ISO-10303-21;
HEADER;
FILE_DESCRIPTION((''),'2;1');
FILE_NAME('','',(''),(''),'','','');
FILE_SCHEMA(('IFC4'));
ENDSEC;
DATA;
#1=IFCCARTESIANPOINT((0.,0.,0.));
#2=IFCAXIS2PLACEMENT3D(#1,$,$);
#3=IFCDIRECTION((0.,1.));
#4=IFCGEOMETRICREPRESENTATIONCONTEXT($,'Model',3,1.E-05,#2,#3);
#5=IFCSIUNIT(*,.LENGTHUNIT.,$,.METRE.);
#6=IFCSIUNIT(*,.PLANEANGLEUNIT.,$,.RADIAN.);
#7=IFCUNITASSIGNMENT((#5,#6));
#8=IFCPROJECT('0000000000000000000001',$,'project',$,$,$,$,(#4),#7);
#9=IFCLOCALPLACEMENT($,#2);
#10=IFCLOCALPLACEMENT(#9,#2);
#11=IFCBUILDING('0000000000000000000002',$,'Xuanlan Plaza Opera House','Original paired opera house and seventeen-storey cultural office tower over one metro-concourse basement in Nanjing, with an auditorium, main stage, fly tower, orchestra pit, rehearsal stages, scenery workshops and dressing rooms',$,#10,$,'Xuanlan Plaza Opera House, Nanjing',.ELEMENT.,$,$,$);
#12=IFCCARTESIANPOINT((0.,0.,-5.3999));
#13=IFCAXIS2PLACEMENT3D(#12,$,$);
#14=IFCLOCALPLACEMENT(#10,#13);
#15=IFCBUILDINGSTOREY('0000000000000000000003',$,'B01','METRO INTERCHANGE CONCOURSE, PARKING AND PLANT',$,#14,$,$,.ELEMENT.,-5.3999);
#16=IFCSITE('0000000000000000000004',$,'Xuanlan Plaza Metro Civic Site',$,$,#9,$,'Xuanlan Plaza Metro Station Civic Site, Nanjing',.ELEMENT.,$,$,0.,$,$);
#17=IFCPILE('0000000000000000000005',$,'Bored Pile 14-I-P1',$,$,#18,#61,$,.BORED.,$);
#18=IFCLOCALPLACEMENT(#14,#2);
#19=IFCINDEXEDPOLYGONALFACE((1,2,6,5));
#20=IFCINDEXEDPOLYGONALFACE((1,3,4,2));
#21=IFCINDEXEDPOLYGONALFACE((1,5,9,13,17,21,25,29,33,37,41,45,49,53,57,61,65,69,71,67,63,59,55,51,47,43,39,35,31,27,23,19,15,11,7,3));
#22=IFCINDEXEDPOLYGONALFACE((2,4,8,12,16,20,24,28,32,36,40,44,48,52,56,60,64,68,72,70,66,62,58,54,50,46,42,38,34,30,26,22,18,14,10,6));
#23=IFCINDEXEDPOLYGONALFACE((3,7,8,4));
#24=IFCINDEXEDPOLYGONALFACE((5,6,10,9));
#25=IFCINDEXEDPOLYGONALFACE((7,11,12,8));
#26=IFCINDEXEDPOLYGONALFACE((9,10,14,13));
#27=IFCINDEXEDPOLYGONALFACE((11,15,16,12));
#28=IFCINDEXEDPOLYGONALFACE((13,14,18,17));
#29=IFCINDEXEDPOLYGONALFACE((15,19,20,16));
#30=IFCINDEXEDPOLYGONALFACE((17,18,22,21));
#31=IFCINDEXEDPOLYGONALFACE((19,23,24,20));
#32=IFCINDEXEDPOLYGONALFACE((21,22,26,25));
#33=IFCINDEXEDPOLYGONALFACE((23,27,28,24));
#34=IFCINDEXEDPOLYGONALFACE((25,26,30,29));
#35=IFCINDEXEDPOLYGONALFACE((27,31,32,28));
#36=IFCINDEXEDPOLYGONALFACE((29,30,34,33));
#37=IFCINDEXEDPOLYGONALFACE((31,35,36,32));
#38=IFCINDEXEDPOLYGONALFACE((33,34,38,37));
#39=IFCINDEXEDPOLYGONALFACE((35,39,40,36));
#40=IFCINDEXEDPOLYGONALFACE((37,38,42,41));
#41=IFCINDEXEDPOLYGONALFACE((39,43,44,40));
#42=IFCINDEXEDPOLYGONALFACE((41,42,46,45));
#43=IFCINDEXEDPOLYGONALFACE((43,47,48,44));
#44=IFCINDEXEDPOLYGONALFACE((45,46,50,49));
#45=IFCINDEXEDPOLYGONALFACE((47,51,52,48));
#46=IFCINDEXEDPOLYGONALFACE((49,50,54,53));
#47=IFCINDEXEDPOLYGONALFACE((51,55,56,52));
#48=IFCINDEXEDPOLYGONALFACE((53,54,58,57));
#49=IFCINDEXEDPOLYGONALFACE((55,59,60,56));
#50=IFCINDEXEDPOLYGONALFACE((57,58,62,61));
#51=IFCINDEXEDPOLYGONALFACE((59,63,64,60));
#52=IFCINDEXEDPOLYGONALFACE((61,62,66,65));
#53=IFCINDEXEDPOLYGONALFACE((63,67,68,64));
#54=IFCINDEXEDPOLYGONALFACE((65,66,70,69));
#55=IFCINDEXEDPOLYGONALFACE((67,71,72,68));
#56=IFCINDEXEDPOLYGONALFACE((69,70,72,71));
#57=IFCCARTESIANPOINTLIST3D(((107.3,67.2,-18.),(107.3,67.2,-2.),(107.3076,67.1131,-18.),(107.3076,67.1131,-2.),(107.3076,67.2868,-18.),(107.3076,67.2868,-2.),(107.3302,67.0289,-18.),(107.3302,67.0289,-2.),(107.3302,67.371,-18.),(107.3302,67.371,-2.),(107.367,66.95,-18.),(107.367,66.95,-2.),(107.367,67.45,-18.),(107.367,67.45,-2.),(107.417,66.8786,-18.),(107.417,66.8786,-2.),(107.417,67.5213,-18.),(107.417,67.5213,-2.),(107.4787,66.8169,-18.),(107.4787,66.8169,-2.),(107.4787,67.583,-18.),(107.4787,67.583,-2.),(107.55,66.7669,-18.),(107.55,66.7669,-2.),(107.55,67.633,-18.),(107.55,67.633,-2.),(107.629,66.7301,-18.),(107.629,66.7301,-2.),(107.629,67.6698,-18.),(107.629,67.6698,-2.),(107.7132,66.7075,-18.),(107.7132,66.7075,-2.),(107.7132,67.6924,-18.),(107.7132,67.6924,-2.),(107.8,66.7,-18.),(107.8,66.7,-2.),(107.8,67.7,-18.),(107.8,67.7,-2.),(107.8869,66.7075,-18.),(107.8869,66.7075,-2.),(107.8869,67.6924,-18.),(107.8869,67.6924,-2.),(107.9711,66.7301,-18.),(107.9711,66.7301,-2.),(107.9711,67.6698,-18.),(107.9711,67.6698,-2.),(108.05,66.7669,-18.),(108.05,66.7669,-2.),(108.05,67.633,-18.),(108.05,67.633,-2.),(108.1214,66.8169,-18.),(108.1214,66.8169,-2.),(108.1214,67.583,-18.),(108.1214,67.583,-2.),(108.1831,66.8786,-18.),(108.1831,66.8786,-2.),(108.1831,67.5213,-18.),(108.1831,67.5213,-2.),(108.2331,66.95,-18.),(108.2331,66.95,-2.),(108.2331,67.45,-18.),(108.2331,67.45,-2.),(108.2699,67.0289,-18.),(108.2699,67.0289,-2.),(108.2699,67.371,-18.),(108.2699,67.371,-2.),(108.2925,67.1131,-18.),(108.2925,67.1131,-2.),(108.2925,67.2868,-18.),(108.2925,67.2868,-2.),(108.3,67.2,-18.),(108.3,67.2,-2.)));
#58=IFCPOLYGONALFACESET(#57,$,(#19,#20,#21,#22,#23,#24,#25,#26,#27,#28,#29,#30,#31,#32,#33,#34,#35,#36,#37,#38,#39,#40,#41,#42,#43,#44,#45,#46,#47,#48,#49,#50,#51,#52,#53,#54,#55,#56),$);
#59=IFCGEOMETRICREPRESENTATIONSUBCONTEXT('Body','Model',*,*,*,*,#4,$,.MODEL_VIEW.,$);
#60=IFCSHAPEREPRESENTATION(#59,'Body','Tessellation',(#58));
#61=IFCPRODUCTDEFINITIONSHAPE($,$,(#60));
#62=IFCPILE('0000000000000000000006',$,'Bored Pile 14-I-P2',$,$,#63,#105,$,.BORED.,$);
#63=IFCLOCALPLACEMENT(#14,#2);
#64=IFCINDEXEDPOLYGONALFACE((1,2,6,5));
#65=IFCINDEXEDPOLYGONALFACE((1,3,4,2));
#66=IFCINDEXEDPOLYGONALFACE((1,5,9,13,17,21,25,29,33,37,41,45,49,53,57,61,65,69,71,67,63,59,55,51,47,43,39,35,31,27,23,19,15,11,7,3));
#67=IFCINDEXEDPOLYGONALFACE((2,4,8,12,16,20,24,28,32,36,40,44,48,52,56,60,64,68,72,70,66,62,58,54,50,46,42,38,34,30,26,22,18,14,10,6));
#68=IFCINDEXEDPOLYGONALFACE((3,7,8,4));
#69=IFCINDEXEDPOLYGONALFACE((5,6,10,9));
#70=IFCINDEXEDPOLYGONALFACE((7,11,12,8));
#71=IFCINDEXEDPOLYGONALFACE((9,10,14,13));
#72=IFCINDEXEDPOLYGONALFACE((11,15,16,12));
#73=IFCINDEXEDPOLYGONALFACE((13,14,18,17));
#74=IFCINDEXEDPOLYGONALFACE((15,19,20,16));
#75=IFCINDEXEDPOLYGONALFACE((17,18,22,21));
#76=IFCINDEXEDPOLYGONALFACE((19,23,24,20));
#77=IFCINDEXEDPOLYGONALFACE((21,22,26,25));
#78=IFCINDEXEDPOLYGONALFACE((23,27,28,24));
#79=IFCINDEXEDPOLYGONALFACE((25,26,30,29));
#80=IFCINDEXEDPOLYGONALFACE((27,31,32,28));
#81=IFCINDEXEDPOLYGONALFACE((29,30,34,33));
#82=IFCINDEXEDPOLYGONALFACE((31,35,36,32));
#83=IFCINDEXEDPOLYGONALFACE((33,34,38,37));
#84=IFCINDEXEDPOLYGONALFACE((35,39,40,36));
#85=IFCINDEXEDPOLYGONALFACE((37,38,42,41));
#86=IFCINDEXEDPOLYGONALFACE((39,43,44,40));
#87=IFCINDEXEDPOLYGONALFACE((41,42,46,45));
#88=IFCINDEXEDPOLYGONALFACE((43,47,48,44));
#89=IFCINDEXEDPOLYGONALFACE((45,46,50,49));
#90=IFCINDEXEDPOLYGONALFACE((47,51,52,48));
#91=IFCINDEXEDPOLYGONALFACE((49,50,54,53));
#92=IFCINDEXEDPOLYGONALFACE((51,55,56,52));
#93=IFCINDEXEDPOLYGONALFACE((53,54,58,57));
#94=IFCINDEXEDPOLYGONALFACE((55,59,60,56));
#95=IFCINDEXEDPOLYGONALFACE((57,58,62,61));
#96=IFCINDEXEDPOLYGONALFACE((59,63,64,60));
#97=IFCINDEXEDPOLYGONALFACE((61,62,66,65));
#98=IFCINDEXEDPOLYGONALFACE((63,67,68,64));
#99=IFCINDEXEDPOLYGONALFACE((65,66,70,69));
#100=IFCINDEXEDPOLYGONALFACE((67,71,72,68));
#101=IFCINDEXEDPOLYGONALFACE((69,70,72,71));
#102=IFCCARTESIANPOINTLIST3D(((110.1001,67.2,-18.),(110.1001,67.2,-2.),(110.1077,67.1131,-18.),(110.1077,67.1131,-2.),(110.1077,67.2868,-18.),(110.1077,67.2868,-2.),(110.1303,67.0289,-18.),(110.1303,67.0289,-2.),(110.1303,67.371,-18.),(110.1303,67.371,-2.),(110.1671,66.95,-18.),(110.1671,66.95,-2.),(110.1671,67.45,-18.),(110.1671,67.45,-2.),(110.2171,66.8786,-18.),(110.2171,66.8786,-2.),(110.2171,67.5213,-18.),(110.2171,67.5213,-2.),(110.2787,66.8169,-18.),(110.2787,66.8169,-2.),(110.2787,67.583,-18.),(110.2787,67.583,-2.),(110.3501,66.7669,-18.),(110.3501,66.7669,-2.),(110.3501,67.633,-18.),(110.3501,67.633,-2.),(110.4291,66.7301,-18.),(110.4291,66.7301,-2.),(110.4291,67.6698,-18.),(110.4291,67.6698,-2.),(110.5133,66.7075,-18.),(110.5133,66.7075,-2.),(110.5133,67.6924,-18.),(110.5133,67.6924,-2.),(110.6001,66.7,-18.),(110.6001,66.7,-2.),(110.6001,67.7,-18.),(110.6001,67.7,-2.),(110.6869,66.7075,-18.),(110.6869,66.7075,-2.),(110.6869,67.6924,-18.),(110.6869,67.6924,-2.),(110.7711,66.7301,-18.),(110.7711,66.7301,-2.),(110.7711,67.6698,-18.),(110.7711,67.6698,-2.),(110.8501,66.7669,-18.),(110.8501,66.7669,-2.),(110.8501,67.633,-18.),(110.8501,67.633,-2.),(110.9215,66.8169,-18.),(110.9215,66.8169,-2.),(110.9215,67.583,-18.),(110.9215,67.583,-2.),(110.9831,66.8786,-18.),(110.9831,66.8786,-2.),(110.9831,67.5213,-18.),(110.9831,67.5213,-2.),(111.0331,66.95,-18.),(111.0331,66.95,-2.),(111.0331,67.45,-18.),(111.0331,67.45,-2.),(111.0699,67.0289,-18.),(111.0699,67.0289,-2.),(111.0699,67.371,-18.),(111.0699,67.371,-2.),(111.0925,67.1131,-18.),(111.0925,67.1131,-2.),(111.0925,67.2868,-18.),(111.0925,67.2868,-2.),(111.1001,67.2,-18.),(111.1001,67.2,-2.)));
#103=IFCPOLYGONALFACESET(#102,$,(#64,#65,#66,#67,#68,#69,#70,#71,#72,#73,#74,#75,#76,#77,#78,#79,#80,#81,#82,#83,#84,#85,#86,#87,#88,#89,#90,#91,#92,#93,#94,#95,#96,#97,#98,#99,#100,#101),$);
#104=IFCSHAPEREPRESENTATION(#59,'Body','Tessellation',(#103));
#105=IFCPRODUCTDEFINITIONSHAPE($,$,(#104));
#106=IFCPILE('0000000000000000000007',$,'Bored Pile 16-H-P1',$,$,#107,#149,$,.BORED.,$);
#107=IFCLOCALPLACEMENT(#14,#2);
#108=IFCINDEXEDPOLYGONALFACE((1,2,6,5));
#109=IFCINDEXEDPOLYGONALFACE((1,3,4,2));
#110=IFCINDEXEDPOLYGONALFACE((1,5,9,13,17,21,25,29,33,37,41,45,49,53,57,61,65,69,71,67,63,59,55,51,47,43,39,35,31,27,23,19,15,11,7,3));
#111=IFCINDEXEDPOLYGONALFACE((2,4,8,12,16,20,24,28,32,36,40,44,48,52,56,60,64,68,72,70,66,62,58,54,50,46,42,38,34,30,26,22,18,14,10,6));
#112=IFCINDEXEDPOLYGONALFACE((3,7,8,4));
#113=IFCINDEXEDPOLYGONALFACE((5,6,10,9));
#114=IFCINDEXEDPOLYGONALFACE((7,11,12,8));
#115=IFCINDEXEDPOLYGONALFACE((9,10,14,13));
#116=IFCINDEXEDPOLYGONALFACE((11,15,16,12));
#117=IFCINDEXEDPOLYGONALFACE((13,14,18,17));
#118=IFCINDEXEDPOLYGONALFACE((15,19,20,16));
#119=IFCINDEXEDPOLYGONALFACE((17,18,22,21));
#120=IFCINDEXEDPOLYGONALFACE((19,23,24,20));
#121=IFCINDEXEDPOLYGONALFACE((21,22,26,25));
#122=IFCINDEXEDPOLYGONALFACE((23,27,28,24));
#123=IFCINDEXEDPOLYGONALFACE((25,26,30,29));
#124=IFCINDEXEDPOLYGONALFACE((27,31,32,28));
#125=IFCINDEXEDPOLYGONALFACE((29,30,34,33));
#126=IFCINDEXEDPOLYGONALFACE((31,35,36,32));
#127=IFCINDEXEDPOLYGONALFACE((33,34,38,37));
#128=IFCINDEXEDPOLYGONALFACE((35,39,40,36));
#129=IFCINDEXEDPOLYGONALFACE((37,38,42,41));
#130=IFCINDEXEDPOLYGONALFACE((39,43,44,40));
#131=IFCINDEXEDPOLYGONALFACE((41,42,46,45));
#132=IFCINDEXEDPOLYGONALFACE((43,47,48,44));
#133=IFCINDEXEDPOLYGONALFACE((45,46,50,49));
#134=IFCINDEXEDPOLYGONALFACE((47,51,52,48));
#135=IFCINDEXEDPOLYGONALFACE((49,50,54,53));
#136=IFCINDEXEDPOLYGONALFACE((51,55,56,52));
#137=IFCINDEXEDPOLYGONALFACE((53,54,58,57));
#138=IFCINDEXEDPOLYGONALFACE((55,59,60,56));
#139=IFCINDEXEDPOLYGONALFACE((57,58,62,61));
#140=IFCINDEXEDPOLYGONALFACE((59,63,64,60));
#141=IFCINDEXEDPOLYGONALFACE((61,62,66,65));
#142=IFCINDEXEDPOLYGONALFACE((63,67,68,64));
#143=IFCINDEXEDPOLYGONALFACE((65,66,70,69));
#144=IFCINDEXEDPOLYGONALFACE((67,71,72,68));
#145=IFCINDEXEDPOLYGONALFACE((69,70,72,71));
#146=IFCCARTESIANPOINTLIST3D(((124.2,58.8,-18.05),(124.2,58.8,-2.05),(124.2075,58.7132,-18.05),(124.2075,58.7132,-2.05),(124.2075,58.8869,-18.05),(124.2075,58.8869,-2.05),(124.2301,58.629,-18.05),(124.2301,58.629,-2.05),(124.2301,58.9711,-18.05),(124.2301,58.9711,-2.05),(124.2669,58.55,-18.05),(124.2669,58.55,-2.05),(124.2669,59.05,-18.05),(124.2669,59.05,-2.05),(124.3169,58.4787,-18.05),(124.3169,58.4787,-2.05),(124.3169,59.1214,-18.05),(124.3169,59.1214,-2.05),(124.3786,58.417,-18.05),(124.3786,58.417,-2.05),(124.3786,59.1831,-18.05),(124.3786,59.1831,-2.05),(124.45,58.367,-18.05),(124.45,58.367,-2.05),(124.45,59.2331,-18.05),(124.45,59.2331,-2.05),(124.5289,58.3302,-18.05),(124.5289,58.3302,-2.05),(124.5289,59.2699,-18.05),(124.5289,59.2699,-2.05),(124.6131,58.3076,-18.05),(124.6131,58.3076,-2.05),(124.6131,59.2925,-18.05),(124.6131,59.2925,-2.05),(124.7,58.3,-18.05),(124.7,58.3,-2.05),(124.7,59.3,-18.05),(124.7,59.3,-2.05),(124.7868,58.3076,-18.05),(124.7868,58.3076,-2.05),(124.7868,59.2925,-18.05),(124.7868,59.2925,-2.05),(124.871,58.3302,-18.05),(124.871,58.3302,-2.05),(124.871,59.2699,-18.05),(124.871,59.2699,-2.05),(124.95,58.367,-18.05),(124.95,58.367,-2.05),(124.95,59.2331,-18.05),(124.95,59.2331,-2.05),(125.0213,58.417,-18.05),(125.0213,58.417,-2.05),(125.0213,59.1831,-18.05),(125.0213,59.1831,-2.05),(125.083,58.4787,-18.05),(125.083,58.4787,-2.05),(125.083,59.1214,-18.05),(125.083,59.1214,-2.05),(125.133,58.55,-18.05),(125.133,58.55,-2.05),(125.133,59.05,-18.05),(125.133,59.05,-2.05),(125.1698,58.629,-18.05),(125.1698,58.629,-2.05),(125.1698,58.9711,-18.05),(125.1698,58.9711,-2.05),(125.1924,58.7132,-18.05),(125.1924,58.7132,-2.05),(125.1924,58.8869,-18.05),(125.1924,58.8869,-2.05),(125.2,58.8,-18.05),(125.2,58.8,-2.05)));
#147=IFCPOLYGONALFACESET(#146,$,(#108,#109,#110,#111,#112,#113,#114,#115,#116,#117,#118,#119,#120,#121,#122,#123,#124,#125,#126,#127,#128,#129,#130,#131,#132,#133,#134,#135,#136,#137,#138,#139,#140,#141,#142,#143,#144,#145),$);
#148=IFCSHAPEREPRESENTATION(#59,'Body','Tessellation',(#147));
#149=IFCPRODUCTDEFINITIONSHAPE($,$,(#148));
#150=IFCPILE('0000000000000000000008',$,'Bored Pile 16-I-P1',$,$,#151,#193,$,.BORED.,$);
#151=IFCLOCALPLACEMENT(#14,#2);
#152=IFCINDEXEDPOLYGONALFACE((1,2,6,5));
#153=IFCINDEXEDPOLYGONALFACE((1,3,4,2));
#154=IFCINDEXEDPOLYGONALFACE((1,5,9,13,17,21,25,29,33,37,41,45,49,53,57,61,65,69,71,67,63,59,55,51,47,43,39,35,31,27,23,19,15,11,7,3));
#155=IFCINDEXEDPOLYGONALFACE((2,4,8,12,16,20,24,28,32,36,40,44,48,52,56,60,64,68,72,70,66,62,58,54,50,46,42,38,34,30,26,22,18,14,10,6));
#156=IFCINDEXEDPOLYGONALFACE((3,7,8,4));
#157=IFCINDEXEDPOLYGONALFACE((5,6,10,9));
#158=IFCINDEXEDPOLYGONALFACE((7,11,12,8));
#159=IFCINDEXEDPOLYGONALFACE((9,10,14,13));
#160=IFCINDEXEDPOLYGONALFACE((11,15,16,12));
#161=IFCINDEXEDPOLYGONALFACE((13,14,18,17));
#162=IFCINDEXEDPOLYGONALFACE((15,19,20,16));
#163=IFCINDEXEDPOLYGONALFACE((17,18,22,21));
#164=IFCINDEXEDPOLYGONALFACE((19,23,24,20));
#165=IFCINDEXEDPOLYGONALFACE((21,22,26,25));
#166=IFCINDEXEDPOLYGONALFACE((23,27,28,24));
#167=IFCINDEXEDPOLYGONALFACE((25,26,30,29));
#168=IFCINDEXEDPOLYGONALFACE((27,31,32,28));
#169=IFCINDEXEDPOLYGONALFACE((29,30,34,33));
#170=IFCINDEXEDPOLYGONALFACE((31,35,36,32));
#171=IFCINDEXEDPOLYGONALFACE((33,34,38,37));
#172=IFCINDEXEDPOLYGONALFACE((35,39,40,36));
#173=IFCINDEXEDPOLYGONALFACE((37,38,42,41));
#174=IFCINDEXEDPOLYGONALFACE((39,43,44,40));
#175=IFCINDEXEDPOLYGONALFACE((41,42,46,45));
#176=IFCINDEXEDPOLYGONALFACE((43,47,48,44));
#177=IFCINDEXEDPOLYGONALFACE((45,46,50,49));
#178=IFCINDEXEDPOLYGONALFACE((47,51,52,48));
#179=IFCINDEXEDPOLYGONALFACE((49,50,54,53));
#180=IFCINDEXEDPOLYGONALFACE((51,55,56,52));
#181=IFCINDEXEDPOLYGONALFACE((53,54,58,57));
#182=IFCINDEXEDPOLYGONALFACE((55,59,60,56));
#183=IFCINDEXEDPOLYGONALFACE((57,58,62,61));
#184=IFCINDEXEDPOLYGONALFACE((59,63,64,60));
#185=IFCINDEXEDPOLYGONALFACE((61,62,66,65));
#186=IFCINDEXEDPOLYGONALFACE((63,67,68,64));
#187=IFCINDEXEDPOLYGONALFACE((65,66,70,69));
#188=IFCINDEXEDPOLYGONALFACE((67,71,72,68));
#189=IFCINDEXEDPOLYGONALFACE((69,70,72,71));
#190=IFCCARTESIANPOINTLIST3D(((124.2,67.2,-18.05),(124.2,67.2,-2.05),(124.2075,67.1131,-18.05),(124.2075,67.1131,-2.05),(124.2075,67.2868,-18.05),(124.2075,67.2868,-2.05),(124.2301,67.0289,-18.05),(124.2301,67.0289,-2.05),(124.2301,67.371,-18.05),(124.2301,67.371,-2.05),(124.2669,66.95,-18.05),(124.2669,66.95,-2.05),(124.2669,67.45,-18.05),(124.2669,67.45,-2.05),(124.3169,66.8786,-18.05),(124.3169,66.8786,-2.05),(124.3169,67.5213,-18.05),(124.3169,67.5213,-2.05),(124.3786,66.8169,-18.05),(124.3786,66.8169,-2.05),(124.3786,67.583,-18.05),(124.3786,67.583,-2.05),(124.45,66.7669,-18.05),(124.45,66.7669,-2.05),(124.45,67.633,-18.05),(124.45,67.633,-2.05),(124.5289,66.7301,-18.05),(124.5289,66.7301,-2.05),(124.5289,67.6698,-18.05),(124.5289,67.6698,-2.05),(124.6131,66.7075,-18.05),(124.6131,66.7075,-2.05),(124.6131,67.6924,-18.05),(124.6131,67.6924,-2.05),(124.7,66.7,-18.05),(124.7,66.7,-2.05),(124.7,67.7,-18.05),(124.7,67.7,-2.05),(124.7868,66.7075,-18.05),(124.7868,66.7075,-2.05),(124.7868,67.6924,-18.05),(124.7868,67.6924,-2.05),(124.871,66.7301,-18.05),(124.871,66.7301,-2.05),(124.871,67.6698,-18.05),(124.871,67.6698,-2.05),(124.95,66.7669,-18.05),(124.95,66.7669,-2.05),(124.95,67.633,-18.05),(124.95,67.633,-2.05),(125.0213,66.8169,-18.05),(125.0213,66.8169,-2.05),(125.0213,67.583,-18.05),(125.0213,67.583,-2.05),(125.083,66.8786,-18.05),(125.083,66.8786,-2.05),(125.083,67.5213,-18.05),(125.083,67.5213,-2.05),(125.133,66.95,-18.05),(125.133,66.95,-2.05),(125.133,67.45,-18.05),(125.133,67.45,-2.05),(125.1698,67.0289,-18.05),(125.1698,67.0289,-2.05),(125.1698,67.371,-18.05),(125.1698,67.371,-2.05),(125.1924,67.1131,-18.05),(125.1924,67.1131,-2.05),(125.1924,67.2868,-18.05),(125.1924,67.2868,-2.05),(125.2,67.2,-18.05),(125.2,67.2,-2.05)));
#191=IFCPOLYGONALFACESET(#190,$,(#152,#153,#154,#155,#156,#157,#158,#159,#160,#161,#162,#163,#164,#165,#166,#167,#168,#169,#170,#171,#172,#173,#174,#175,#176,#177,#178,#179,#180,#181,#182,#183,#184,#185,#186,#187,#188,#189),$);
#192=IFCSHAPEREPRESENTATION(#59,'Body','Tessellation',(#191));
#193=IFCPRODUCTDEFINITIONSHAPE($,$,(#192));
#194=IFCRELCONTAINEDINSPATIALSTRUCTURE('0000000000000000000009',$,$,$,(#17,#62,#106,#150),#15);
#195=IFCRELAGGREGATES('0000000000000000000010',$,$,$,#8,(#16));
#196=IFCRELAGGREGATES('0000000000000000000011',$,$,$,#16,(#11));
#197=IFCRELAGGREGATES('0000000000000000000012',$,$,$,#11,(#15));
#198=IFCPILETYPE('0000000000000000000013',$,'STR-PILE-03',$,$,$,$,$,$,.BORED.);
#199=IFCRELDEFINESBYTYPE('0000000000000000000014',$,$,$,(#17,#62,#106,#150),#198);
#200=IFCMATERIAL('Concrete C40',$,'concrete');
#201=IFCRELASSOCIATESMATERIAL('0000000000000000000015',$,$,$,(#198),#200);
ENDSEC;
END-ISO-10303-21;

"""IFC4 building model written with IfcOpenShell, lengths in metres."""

from ifc_helpers import new_model, si_unit, direction, frame, origin, origin_2d, place, context, subcontext, project, spatial, circle, extrude, material, material_profile, profile_set, type_object, element, save


model = new_model("IFC4")

# Units and contexts
model_context = context("Model", 3, precision=1e-05, world=origin(), true_north=direction((0.0, 1.0)))
body_context = subcontext(model_context, "Body", "Model", "MODEL_VIEW")
ifc_project = project(units=[si_unit("LENGTHUNIT", "METRE"), si_unit("PLANEANGLEUNIT", "RADIAN")], contexts=[model_context])

# Site, building, storey
site_placement = place(None, origin())
site = spatial("IfcSite", under=ifc_project, at=site_placement, Name="Xuanlan Plaza Metro Civic Site", LongName="Xuanlan Plaza Metro Station Civic Site, Nanjing", CompositionType="ELEMENT", RefElevation=0.0)
building_placement = place(site_placement, origin())
building = spatial("IfcBuilding", under=site, at=building_placement, Name="Xuanlan Plaza Opera House", Description="Original paired opera house and seventeen-storey cultural office tower over one metro-concourse basement in Nanjing, with an auditorium, main stage, fly tower, orchestra pit, rehearsal stages, scenery workshops and dressing rooms", LongName="Xuanlan Plaza Opera House, Nanjing", CompositionType="ELEMENT")
storey_placement = place(building_placement, frame((0.0, 0.0, -5.3999)))
storey = spatial("IfcBuildingStorey", under=building, at=storey_placement, Name="B01", Description="METRO INTERCHANGE CONCOURSE, PARKING AND PLANT", CompositionType="ELEMENT", Elevation=-5.3999)

# Shared definitions
ifc_material_1 = material(Name="Concrete C40", Category="concrete")

# Piles
ifc_material_profile_1 = material_profile(ifc_material_1, circle(Radius=0.5, at=origin_2d()), Name="PILE D1000")
ifc_profile_set_1 = profile_set([ifc_material_profile_1], Name="Concrete C40")
pile_type_1 = type_object("IfcPileType", Name="STR-PILE-03", PredefinedType="BORED", material=ifc_profile_set_1)
for number, where, z_axis, x_axis, name in (
    (1, (107.8, 67.2, -2.0), (0.0, 0.0, -1.0), (1.0, 0.0, 0.0), "Bored Pile 14-I-P1"),
    (2, (110.6001, 67.2, -2.0), (0.0, 0.0, -1.0), (1.0, 0.0, 0.0), "Bored Pile 14-I-P2"),
    (3, (124.7, 58.8, -2.05), (0.0, 0.0, -1.0), (1.0, 0.0, 0.0), "Bored Pile 16-H-P1"),
    (4, (124.7, 67.2, -2.05), (0.0, 0.0, -1.0), (1.0, 0.0, 0.0), "Bored Pile 16-I-P1"),
):
    element("IfcPile", number, at=place(storey_placement, frame(where, z_axis=z_axis, x_axis=x_axis)), inside=storey, type_object=pile_type_1, Name=name, PredefinedType="BORED", context=body_context, shape_type="SweptSolid", body=[
        extrude(circle(Radius=0.5, at=origin_2d()), origin(), (0.0, 0.0, 1.0), 16.0),
    ])

save(model, "model.ifc")
